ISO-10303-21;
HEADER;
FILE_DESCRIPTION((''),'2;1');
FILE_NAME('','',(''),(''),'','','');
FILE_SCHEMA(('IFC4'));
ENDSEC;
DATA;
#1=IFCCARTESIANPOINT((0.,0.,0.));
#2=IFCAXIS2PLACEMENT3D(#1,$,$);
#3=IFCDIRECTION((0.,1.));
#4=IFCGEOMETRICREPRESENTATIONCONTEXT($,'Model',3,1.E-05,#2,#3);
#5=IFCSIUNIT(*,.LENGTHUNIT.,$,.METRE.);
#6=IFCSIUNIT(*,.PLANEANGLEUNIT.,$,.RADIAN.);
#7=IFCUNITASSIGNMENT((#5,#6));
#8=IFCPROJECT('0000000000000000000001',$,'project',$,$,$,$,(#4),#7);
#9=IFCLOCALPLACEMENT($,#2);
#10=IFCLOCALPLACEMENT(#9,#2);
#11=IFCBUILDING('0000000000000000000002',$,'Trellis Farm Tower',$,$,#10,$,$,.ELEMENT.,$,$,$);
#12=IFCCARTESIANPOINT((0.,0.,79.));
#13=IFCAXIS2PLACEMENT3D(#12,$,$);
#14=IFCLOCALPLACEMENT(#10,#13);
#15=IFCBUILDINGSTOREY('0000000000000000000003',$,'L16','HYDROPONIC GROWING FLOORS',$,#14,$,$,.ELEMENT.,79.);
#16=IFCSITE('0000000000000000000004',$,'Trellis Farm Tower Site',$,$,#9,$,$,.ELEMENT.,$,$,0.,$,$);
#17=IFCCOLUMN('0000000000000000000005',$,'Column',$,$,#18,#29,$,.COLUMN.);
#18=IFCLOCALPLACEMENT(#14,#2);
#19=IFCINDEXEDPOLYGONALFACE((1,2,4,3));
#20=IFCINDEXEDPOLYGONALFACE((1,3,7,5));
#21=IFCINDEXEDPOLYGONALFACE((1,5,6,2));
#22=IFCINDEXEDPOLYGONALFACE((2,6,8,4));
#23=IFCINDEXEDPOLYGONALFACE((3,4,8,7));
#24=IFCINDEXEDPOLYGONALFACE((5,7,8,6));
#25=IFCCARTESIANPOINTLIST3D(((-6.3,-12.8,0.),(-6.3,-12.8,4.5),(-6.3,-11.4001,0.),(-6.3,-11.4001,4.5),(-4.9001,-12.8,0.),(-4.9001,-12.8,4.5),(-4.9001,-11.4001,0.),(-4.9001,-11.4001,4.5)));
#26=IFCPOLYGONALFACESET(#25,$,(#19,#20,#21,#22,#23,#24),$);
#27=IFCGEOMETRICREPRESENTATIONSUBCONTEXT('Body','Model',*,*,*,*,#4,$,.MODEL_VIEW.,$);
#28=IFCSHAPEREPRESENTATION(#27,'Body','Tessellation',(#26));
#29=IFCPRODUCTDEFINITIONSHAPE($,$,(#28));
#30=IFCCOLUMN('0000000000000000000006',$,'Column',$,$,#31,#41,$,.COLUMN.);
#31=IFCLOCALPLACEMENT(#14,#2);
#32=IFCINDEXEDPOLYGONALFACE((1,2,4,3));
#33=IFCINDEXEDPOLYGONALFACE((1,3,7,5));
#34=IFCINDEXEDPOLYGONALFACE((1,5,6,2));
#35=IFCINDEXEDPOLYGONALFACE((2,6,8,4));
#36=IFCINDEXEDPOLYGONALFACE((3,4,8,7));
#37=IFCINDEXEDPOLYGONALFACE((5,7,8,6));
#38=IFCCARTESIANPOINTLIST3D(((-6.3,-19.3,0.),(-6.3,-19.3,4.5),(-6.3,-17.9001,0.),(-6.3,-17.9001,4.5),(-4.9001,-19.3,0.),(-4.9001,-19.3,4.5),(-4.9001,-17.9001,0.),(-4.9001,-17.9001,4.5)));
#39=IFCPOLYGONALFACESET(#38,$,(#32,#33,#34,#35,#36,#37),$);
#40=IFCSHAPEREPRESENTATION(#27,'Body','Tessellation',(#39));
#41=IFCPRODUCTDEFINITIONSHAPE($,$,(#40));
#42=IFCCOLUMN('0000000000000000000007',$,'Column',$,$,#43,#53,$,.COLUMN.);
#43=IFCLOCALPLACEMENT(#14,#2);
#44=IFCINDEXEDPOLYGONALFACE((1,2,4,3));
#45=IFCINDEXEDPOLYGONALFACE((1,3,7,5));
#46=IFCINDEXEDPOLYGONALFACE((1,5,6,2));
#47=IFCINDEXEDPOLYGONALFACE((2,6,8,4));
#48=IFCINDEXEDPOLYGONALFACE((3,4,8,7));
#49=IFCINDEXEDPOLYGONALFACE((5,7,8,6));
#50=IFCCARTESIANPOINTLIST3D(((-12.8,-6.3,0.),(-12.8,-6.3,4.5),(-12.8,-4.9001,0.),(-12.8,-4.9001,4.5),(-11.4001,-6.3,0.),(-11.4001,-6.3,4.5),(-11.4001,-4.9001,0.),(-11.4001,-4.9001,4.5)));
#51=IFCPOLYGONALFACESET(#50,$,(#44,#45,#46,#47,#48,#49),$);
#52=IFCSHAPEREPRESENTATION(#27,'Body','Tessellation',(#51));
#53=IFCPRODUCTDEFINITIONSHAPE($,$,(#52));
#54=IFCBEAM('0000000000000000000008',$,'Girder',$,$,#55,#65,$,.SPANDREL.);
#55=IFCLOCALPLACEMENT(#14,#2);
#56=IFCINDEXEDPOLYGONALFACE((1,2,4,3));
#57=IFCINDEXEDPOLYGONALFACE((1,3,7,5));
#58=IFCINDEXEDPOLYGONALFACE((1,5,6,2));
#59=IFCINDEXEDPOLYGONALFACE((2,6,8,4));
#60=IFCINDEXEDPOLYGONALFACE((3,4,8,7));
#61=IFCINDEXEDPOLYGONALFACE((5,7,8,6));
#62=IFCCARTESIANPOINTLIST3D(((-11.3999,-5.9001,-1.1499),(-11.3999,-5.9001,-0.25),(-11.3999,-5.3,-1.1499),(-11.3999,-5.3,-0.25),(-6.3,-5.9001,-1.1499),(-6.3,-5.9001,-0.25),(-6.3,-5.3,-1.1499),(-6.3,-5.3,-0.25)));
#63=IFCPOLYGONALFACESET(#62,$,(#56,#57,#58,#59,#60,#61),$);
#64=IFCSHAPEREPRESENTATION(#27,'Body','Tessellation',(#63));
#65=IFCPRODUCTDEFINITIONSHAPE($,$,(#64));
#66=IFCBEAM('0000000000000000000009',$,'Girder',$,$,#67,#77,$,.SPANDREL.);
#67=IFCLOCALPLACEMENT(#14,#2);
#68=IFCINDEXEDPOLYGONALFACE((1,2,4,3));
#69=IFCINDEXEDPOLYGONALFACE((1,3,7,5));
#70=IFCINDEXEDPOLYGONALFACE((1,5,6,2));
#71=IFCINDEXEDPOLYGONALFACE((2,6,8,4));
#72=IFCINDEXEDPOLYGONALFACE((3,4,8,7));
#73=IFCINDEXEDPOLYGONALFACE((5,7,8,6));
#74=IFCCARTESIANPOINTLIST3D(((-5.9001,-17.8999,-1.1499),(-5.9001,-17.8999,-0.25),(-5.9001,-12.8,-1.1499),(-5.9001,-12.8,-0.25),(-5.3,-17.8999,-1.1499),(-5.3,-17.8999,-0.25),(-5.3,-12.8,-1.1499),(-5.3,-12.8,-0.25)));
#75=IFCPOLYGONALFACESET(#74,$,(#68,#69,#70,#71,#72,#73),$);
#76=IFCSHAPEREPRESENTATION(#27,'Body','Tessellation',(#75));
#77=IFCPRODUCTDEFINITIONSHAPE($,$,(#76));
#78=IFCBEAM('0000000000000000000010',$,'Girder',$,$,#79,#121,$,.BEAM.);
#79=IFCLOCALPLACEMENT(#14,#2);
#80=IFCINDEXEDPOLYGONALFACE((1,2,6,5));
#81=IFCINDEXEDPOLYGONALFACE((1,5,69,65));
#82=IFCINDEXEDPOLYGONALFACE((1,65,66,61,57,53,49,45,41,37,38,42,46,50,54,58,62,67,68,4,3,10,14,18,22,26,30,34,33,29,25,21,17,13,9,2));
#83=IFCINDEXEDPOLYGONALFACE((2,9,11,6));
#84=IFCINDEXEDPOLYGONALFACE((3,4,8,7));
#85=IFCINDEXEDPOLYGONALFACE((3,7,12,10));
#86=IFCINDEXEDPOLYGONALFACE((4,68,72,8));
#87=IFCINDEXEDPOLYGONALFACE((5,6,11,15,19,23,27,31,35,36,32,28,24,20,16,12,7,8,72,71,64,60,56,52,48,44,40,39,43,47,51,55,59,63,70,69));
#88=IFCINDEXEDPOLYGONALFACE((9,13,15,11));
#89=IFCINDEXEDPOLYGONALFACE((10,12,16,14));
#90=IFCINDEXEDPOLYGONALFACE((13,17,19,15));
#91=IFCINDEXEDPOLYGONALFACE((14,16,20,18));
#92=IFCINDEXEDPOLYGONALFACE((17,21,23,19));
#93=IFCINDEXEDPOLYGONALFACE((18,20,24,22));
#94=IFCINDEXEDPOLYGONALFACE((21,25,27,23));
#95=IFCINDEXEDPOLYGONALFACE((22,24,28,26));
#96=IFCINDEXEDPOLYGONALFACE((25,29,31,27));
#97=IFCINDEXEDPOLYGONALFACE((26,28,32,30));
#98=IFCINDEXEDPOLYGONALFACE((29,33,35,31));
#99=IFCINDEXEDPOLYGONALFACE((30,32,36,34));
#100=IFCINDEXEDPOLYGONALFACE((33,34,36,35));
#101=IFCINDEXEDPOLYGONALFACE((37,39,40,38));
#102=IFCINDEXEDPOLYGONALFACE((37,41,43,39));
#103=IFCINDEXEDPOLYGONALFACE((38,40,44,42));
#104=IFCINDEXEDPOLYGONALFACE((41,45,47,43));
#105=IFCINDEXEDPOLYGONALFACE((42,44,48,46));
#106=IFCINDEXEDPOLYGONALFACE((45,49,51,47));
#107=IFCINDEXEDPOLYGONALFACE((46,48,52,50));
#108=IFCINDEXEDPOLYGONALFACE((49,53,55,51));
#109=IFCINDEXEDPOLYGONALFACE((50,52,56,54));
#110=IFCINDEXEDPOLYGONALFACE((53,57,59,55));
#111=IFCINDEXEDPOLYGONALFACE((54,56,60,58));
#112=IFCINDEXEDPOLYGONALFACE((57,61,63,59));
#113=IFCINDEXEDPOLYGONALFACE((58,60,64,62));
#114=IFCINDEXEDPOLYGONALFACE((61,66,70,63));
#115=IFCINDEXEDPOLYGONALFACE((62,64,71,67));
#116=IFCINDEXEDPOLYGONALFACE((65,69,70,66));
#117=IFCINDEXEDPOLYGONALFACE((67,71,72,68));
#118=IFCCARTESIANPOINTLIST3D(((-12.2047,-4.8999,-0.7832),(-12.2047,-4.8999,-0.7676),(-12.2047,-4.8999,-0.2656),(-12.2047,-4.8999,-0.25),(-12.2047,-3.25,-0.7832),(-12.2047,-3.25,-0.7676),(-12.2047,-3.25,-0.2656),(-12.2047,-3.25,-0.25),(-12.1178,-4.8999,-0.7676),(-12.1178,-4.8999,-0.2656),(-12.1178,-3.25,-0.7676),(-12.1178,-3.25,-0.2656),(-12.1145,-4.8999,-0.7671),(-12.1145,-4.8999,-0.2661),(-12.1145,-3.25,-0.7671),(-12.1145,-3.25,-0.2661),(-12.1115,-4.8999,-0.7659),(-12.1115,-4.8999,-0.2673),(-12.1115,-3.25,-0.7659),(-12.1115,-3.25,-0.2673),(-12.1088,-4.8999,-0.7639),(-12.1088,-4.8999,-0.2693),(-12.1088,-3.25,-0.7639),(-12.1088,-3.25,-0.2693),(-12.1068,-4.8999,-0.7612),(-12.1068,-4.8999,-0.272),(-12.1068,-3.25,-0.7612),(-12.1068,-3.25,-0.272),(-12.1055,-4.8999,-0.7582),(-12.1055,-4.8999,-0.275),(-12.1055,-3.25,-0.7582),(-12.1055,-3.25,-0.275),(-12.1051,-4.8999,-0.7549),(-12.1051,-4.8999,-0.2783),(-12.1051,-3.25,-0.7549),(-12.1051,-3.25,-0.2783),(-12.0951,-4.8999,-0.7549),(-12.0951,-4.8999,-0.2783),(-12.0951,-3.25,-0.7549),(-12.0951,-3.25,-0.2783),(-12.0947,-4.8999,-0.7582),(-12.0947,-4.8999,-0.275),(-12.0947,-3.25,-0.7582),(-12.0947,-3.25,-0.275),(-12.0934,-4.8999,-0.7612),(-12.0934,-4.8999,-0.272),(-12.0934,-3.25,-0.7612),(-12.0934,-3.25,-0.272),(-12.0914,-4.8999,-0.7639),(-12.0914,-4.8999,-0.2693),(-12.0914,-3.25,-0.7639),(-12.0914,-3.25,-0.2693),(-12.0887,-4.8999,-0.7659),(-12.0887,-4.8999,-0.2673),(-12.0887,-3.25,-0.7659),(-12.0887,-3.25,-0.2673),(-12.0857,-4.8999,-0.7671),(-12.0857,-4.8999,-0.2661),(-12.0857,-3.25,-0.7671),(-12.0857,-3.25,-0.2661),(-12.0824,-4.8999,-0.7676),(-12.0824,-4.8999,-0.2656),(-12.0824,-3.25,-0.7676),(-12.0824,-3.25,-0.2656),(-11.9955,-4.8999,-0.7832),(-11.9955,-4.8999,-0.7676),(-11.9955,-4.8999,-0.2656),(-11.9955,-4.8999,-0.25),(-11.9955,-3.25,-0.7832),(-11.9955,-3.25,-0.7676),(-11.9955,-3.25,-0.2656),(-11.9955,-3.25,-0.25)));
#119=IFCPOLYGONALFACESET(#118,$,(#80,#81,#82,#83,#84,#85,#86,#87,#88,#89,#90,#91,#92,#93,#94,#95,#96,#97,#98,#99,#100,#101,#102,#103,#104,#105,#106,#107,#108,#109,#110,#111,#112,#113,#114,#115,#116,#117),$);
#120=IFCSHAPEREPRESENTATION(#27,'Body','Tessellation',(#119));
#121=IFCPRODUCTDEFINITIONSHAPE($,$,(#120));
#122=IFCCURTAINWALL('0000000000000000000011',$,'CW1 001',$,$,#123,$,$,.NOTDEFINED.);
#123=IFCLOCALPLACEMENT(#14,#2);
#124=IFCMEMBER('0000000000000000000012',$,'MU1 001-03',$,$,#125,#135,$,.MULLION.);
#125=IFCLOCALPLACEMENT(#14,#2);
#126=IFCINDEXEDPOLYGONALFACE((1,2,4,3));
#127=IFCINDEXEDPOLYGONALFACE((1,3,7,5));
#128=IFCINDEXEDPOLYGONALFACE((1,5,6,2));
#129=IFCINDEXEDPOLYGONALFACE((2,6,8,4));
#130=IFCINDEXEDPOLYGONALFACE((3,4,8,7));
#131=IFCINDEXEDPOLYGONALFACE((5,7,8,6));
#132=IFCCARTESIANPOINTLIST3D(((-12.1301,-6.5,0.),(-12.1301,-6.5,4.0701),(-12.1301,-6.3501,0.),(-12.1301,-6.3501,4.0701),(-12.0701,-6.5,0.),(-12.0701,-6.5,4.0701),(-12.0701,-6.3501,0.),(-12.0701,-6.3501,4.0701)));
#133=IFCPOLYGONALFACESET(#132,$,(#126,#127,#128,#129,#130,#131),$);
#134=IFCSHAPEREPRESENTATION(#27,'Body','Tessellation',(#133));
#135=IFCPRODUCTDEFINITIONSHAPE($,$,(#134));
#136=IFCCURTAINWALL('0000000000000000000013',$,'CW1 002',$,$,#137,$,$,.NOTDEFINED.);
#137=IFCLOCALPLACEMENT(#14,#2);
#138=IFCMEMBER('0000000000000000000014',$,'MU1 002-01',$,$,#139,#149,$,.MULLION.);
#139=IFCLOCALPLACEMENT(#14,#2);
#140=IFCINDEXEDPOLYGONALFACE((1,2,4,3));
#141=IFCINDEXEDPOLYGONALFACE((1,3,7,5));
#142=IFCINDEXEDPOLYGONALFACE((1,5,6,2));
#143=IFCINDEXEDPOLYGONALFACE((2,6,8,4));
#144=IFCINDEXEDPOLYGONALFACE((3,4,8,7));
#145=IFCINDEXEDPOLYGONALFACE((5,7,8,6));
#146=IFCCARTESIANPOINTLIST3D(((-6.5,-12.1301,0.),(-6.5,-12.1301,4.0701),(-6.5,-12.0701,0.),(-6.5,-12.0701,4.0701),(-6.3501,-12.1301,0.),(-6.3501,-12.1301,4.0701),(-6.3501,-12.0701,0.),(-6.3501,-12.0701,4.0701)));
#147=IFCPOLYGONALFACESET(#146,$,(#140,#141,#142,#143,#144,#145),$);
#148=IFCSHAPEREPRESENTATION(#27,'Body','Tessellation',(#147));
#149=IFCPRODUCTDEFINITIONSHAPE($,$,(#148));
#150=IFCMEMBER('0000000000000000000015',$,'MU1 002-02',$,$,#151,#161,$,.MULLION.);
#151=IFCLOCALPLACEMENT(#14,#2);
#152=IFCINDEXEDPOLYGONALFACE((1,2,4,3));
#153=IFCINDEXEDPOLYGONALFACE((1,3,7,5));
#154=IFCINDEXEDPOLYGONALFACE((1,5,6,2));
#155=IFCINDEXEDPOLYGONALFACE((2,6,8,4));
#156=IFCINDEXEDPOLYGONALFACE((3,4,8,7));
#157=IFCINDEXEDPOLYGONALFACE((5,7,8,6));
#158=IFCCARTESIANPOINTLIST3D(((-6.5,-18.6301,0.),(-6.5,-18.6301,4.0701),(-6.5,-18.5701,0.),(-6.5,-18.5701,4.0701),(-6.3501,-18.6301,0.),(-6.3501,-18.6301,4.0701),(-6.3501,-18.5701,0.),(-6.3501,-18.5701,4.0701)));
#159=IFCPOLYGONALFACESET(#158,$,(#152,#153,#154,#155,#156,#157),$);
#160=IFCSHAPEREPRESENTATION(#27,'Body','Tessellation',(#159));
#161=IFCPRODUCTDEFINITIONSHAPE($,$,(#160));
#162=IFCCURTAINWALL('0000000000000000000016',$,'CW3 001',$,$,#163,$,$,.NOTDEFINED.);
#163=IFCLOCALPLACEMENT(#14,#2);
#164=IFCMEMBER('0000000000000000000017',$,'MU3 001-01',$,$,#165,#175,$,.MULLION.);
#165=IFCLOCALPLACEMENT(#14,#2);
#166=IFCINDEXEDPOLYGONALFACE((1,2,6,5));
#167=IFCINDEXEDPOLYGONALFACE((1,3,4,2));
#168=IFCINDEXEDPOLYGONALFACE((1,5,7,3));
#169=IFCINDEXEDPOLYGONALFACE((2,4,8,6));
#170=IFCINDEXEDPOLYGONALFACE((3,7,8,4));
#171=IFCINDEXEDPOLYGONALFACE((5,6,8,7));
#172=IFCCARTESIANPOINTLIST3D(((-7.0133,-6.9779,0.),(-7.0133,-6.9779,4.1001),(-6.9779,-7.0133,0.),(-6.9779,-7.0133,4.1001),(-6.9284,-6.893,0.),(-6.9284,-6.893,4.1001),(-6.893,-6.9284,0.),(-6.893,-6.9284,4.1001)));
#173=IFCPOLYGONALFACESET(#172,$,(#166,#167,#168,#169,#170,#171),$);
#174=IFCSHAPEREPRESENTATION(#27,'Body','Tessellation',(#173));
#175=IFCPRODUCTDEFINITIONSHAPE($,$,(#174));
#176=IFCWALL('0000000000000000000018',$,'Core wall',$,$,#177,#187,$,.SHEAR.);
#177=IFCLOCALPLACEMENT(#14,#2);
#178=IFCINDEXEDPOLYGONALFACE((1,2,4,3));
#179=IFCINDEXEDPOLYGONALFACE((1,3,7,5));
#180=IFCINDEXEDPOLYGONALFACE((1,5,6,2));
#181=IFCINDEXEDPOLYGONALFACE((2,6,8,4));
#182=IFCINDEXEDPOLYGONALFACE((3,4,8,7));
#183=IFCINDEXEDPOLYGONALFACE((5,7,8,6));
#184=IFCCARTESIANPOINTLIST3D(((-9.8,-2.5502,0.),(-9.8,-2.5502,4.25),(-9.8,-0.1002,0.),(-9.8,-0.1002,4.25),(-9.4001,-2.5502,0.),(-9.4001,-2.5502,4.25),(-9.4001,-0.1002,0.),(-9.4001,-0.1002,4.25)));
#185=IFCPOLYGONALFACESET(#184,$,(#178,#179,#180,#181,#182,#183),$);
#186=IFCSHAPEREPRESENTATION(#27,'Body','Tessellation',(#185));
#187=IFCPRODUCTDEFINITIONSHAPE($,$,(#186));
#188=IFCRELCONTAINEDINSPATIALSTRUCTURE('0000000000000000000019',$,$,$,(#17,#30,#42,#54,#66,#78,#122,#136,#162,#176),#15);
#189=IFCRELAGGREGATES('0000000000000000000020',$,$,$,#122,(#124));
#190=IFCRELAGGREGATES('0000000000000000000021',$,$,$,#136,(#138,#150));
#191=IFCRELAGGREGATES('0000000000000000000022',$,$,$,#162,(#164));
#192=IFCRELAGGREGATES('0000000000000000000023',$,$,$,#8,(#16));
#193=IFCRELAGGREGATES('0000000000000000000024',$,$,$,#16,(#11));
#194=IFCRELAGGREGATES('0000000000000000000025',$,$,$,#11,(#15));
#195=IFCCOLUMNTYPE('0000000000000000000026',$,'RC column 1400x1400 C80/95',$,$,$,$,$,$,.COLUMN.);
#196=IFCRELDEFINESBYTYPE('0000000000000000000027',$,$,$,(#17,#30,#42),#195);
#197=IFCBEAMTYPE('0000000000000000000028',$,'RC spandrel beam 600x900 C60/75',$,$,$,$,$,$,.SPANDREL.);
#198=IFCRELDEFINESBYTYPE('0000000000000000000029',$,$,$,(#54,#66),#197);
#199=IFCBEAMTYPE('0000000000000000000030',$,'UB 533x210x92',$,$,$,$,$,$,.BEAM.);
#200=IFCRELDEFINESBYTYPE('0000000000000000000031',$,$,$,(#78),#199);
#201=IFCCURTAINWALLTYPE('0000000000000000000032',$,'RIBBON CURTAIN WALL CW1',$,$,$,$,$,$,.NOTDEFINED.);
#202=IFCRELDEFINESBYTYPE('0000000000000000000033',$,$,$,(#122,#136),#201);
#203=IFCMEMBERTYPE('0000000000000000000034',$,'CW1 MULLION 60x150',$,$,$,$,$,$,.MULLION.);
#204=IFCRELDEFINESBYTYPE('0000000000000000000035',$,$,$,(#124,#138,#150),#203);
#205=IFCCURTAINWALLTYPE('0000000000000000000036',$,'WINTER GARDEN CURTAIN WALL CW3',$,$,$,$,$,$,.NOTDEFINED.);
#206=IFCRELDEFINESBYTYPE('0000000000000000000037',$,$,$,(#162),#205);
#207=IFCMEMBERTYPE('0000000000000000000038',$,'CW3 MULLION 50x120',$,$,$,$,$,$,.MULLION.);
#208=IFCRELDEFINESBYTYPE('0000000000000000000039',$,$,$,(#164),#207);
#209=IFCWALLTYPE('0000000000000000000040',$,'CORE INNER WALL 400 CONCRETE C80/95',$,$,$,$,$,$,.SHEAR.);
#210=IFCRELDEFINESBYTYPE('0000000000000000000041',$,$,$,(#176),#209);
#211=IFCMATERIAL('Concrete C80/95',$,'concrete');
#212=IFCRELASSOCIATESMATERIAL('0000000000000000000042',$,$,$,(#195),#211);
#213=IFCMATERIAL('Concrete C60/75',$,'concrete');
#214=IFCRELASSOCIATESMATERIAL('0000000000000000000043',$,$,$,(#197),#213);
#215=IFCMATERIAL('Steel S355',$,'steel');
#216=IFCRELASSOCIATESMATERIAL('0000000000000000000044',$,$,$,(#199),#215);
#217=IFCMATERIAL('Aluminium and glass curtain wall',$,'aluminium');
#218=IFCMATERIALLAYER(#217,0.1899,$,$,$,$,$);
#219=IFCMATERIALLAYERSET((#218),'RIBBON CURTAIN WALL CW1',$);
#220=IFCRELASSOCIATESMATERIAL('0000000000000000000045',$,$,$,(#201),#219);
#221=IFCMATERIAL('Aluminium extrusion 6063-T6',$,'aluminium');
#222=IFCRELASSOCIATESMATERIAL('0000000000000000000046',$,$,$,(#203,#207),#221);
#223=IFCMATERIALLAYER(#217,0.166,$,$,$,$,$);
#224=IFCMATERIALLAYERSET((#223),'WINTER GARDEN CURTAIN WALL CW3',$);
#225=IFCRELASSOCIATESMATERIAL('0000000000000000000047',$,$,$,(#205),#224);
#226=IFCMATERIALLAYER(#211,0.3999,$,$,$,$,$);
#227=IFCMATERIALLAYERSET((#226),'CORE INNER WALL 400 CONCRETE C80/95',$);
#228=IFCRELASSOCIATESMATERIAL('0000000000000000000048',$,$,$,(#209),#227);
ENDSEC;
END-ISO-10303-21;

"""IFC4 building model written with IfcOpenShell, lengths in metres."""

from ifc_helpers import new_model, si_unit, direction, frame, frame_2d, origin, origin_2d, place, context, subcontext, project, spatial, rectangle, i_section, extrude, source, transform, mapped, material, layer, layer_set, material_profile, profile_set, type_object, element, aggregate, save


model = new_model("IFC4")

# Units and contexts
model_context = context("Model", 3, precision=1e-05, world=origin(), true_north=direction((0.0, 1.0)))
body_context = subcontext(model_context, "Body", "Model", "MODEL_VIEW")
ifc_project = project(units=[si_unit("LENGTHUNIT", "METRE"), si_unit("PLANEANGLEUNIT", "RADIAN")], contexts=[model_context])

# Site, building, storey
site_placement = place(None, origin())
site = spatial("IfcSite", under=ifc_project, at=site_placement, Name="Trellis Farm Tower Site", CompositionType="ELEMENT", RefElevation=0.0)
building_placement = place(site_placement, origin())
building = spatial("IfcBuilding", under=site, at=building_placement, Name="Trellis Farm Tower", CompositionType="ELEMENT")
storey_placement = place(building_placement, frame((0.0, 0.0, 79.0)))
storey = spatial("IfcBuildingStorey", under=building, at=storey_placement, Name="L16", Description="HYDROPONIC GROWING FLOORS", CompositionType="ELEMENT", Elevation=79.0)

# Columns
ifc_material_1 = material(Name="Concrete C80/95", Category="concrete")
ifc_material_profile_1 = material_profile(ifc_material_1, rectangle(XDim=1.3999, YDim=1.3999, at=origin_2d()), Name="RC column 1400x1400 C80/95")
ifc_profile_set_1 = profile_set([ifc_material_profile_1], Name="Concrete C80/95")
column_type = type_object("IfcColumnType", Name="RC column 1400x1400 C80/95", PredefinedType="COLUMN", material=ifc_profile_set_1)
shared_shape_1 = source(origin(), body_context, "Body", "SweptSolid", [
    extrude(rectangle(XDim=1.3999, YDim=1.3999, at=origin_2d()), origin(), (0.0, 0.0, 1.0), 4.5),
])
for number, where, z_axis, x_axis, name in (
    (1, (-5.6001, -12.1001, 0.0), (0.0, 0.0, 1.0), (1.0, 0.0, 0.0), "Column"),
    (2, (-5.6001, -18.6001, 0.0), (0.0, 0.0, 1.0), (1.0, 0.0, 0.0), "Column"),
    (3, (-12.1001, -5.6001, 0.0), (0.0, 0.0, 1.0), (1.0, 0.0, 0.0), "Column"),
):
    element("IfcColumn", number, at=place(storey_placement, frame(where, z_axis=z_axis, x_axis=x_axis)), inside=storey, type_object=column_type, Name=name, PredefinedType="COLUMN", context=body_context, shape_type="MappedRepresentation", body=[
        mapped(shared_shape_1, transform((0.0, 0.0, 0.0))),
    ])

# Beams
ifc_material_2 = material(Name="Concrete C60/75", Category="concrete")
ifc_material_profile_2 = material_profile(ifc_material_2, rectangle(XDim=0.6001, YDim=0.8999, at=origin_2d()), Name="RC spandrel beam 600x900 C60/75")
ifc_profile_set_2 = profile_set([ifc_material_profile_2], Name="Concrete C60/75")
beam_type_1 = type_object("IfcBeamType", Name="RC spandrel beam 600x900 C60/75", PredefinedType="SPANDREL", material=ifc_profile_set_2)
shared_shape_2 = source(origin(), body_context, "Body", "SweptSolid", [
    extrude(rectangle(XDim=0.6001, YDim=0.8999, at=origin_2d()), origin(), (0.0, 0.0, 1.0), 5.0999),
])
for number, where, z_axis, x_axis, name in (
    (4, (-11.3999, -5.6001, -0.7), (1.0, 0.0, 0.0), (0.0, 1.0, 0.0), "Girder"),
    (5, (-5.6001, -17.8999, -0.7), (0.0, 1.0, 0.0), (-1.0, 0.0, 0.0), "Girder"),
):
    element("IfcBeam", number, at=place(storey_placement, frame(where, z_axis=z_axis, x_axis=x_axis)), inside=storey, type_object=beam_type_1, Name=name, PredefinedType="SPANDREL", context=body_context, shape_type="MappedRepresentation", body=[
        mapped(shared_shape_2, transform((0.0, 0.0, 0.0))),
    ])
ifc_material_3 = material(Name="Steel S355", Category="steel")
ifc_material_profile_3 = material_profile(ifc_material_3, i_section(OverallWidth=0.2092, OverallDepth=0.5332, WebThickness=0.01, FlangeThickness=0.0156, FilletRadius=0.0127, at=origin_2d()), Name="UB 533x210x92")
ifc_profile_set_3 = profile_set([ifc_material_profile_3], Name="Steel S355")
beam_type_2 = type_object("IfcBeamType", Name="UB 533x210x92", PredefinedType="BEAM", material=ifc_profile_set_3)
shared_shape_3 = source(origin(), body_context, "Body", "SweptSolid", [
    extrude(i_section(OverallWidth=0.2092, OverallDepth=0.5332, WebThickness=0.01, FlangeThickness=0.0156, FilletRadius=0.0127, at=origin_2d()), origin(), (0.0, 0.0, 1.0), 1.6499),
])
beam_placement = place(storey_placement, frame((-12.1001, -4.8999, -0.5166), z_axis=(0.0, 1.0, 0.0), x_axis=(-1.0, 0.0, 0.0)))
element("IfcBeam", 6, at=beam_placement, inside=storey, type_object=beam_type_2, Name="Girder", PredefinedType="BEAM", context=body_context, shape_type="MappedRepresentation", body=[
    mapped(shared_shape_3, transform((0.0, 0.0, 0.0))),
])

# Curtain wall, member
ifc_material_4 = material(Name="Aluminium and glass curtain wall", Category="aluminium")
ifc_layer_1 = layer(ifc_material_4, 0.1899)
ifc_layer_set_1 = layer_set([ifc_layer_1], Name="RIBBON CURTAIN WALL CW1")
curtain_wall_type_1 = type_object("IfcCurtainWallType", Name="RIBBON CURTAIN WALL CW1", PredefinedType="NOTDEFINED", material=ifc_layer_set_1)
placement = place(storey_placement, origin())
curtain_wall_1 = element("IfcCurtainWall", 7, at=placement, inside=storey, type_object=curtain_wall_type_1, Name="CW1 001", PredefinedType="NOTDEFINED")
ifc_material_5 = material(Name="Aluminium extrusion 6063-T6", Category="aluminium")
ifc_material_profile_4 = material_profile(ifc_material_5, rectangle(XDim=0.0601, YDim=0.1499, at=origin_2d()), Name="MULLION 60x150")
ifc_profile_set_4 = profile_set([ifc_material_profile_4], Name="Aluminium extrusion 6063-T6")
member_type_1 = type_object("IfcMemberType", Name="CW1 MULLION 60x150", PredefinedType="MULLION", material=ifc_profile_set_4)
shared_shape_4 = source(origin(), body_context, "Body", "SweptSolid", [
    extrude(rectangle(XDim=0.0601, YDim=0.1499, at=origin_2d()), origin(), (0.0, 0.0, 1.0), 4.0701),
])
member_1_placement = place(storey_placement, frame((-12.1001, -6.425, 0.0), z_axis=(0.0, 0.0, 1.0), x_axis=(1.0, 0.0, 0.0)))
member_1 = element("IfcMember", 8, at=member_1_placement, type_object=member_type_1, Name="MU1 001-03", PredefinedType="MULLION", context=body_context, shape_type="MappedRepresentation", body=[
    mapped(shared_shape_4, transform((0.0, 0.0, 0.0))),
])
aggregate(curtain_wall_1, [member_1])

# Curtain wall, members
curtain_wall_2 = element("IfcCurtainWall", 9, at=placement, inside=storey, type_object=curtain_wall_type_1, Name="CW1 002", PredefinedType="NOTDEFINED")
member_2_placement = place(storey_placement, frame((-6.425, -12.1001, 0.0), z_axis=(0.0, 0.0, 1.0), x_axis=(0.0, -1.0, 0.0)))
member_2 = element("IfcMember", 10, at=member_2_placement, type_object=member_type_1, Name="MU1 002-01", PredefinedType="MULLION", context=body_context, shape_type="MappedRepresentation", body=[
    mapped(shared_shape_4, transform((0.0, 0.0, 0.0))),
])
member_3_placement = place(storey_placement, frame((-6.425, -18.6001, 0.0), z_axis=(0.0, 0.0, 1.0), x_axis=(0.0, -1.0, 0.0)))
member_3 = element("IfcMember", 11, at=member_3_placement, type_object=member_type_1, Name="MU1 002-02", PredefinedType="MULLION", context=body_context, shape_type="MappedRepresentation", body=[
    mapped(shared_shape_4, transform((0.0, 0.0, 0.0))),
])
aggregate(curtain_wall_2, [member_2, member_3])

# Curtain wall, member
ifc_layer_2 = layer(ifc_material_4, 0.166)
ifc_layer_set_2 = layer_set([ifc_layer_2], Name="WINTER GARDEN CURTAIN WALL CW3")
curtain_wall_type_2 = type_object("IfcCurtainWallType", Name="WINTER GARDEN CURTAIN WALL CW3", PredefinedType="NOTDEFINED", material=ifc_layer_set_2)
curtain_wall_3 = element("IfcCurtainWall", 12, at=placement, inside=storey, type_object=curtain_wall_type_2, Name="CW3 001", PredefinedType="NOTDEFINED")
ifc_material_profile_5 = material_profile(ifc_material_5, rectangle(XDim=0.05, YDim=0.1201, at=origin_2d()), Name="MULLION 50x120")
ifc_profile_set_5 = profile_set([ifc_material_profile_5], Name="Aluminium extrusion 6063-T6")
member_type_2 = type_object("IfcMemberType", Name="CW3 MULLION 50x120", PredefinedType="MULLION", material=ifc_profile_set_5)
shared_shape_5 = source(origin(), body_context, "Body", "SweptSolid", [
    extrude(rectangle(XDim=0.05, YDim=0.1201, at=origin_2d()), origin(), (0.0, 0.0, 1.0), 4.1001),
])
member_4_placement = place(storey_placement, frame((-6.9531, -6.9531, 0.0), z_axis=(0.0, 0.0, 1.0), x_axis=(0.707107, -0.707107, 0.0)))
member_4 = element("IfcMember", 13, at=member_4_placement, type_object=member_type_2, Name="MU3 001-01", PredefinedType="MULLION", context=body_context, shape_type="MappedRepresentation", body=[
    mapped(shared_shape_5, transform((0.0, 0.0, 0.0))),
])
aggregate(curtain_wall_3, [member_4])

# Wall
ifc_layer_3 = layer(ifc_material_1, 0.3999)
ifc_layer_set_3 = layer_set([ifc_layer_3], Name="CORE INNER WALL 400 CONCRETE C80/95")
wall_type_1 = type_object("IfcWallType", Name="CORE INNER WALL 400 CONCRETE C80/95", PredefinedType="SHEAR", material=ifc_layer_set_3)
shared_shape_6 = source(origin(), body_context, "Body", "SweptSolid", [
    extrude(rectangle(XDim=2.45, YDim=0.3999, at=frame_2d((1.2251, 0.0))), origin(), (0.0, 0.0, 1.0), 4.25),
])
for number, where, z_axis, x_axis, name in (
    (14, (-9.6001, -0.1001, 0.0), (0.0, 0.0, 1.0), (0.0, -1.0, 0.0), "Core wall"),
):
    element("IfcWall", number, at=place(storey_placement, frame(where, z_axis=z_axis, x_axis=x_axis)), inside=storey, type_object=wall_type_1, Name=name, PredefinedType="SHEAR", context=body_context, shape_type="MappedRepresentation", body=[
        mapped(shared_shape_6, transform((0.0, 0.0, 0.0))),
    ])

save(model, "model.ifc")
